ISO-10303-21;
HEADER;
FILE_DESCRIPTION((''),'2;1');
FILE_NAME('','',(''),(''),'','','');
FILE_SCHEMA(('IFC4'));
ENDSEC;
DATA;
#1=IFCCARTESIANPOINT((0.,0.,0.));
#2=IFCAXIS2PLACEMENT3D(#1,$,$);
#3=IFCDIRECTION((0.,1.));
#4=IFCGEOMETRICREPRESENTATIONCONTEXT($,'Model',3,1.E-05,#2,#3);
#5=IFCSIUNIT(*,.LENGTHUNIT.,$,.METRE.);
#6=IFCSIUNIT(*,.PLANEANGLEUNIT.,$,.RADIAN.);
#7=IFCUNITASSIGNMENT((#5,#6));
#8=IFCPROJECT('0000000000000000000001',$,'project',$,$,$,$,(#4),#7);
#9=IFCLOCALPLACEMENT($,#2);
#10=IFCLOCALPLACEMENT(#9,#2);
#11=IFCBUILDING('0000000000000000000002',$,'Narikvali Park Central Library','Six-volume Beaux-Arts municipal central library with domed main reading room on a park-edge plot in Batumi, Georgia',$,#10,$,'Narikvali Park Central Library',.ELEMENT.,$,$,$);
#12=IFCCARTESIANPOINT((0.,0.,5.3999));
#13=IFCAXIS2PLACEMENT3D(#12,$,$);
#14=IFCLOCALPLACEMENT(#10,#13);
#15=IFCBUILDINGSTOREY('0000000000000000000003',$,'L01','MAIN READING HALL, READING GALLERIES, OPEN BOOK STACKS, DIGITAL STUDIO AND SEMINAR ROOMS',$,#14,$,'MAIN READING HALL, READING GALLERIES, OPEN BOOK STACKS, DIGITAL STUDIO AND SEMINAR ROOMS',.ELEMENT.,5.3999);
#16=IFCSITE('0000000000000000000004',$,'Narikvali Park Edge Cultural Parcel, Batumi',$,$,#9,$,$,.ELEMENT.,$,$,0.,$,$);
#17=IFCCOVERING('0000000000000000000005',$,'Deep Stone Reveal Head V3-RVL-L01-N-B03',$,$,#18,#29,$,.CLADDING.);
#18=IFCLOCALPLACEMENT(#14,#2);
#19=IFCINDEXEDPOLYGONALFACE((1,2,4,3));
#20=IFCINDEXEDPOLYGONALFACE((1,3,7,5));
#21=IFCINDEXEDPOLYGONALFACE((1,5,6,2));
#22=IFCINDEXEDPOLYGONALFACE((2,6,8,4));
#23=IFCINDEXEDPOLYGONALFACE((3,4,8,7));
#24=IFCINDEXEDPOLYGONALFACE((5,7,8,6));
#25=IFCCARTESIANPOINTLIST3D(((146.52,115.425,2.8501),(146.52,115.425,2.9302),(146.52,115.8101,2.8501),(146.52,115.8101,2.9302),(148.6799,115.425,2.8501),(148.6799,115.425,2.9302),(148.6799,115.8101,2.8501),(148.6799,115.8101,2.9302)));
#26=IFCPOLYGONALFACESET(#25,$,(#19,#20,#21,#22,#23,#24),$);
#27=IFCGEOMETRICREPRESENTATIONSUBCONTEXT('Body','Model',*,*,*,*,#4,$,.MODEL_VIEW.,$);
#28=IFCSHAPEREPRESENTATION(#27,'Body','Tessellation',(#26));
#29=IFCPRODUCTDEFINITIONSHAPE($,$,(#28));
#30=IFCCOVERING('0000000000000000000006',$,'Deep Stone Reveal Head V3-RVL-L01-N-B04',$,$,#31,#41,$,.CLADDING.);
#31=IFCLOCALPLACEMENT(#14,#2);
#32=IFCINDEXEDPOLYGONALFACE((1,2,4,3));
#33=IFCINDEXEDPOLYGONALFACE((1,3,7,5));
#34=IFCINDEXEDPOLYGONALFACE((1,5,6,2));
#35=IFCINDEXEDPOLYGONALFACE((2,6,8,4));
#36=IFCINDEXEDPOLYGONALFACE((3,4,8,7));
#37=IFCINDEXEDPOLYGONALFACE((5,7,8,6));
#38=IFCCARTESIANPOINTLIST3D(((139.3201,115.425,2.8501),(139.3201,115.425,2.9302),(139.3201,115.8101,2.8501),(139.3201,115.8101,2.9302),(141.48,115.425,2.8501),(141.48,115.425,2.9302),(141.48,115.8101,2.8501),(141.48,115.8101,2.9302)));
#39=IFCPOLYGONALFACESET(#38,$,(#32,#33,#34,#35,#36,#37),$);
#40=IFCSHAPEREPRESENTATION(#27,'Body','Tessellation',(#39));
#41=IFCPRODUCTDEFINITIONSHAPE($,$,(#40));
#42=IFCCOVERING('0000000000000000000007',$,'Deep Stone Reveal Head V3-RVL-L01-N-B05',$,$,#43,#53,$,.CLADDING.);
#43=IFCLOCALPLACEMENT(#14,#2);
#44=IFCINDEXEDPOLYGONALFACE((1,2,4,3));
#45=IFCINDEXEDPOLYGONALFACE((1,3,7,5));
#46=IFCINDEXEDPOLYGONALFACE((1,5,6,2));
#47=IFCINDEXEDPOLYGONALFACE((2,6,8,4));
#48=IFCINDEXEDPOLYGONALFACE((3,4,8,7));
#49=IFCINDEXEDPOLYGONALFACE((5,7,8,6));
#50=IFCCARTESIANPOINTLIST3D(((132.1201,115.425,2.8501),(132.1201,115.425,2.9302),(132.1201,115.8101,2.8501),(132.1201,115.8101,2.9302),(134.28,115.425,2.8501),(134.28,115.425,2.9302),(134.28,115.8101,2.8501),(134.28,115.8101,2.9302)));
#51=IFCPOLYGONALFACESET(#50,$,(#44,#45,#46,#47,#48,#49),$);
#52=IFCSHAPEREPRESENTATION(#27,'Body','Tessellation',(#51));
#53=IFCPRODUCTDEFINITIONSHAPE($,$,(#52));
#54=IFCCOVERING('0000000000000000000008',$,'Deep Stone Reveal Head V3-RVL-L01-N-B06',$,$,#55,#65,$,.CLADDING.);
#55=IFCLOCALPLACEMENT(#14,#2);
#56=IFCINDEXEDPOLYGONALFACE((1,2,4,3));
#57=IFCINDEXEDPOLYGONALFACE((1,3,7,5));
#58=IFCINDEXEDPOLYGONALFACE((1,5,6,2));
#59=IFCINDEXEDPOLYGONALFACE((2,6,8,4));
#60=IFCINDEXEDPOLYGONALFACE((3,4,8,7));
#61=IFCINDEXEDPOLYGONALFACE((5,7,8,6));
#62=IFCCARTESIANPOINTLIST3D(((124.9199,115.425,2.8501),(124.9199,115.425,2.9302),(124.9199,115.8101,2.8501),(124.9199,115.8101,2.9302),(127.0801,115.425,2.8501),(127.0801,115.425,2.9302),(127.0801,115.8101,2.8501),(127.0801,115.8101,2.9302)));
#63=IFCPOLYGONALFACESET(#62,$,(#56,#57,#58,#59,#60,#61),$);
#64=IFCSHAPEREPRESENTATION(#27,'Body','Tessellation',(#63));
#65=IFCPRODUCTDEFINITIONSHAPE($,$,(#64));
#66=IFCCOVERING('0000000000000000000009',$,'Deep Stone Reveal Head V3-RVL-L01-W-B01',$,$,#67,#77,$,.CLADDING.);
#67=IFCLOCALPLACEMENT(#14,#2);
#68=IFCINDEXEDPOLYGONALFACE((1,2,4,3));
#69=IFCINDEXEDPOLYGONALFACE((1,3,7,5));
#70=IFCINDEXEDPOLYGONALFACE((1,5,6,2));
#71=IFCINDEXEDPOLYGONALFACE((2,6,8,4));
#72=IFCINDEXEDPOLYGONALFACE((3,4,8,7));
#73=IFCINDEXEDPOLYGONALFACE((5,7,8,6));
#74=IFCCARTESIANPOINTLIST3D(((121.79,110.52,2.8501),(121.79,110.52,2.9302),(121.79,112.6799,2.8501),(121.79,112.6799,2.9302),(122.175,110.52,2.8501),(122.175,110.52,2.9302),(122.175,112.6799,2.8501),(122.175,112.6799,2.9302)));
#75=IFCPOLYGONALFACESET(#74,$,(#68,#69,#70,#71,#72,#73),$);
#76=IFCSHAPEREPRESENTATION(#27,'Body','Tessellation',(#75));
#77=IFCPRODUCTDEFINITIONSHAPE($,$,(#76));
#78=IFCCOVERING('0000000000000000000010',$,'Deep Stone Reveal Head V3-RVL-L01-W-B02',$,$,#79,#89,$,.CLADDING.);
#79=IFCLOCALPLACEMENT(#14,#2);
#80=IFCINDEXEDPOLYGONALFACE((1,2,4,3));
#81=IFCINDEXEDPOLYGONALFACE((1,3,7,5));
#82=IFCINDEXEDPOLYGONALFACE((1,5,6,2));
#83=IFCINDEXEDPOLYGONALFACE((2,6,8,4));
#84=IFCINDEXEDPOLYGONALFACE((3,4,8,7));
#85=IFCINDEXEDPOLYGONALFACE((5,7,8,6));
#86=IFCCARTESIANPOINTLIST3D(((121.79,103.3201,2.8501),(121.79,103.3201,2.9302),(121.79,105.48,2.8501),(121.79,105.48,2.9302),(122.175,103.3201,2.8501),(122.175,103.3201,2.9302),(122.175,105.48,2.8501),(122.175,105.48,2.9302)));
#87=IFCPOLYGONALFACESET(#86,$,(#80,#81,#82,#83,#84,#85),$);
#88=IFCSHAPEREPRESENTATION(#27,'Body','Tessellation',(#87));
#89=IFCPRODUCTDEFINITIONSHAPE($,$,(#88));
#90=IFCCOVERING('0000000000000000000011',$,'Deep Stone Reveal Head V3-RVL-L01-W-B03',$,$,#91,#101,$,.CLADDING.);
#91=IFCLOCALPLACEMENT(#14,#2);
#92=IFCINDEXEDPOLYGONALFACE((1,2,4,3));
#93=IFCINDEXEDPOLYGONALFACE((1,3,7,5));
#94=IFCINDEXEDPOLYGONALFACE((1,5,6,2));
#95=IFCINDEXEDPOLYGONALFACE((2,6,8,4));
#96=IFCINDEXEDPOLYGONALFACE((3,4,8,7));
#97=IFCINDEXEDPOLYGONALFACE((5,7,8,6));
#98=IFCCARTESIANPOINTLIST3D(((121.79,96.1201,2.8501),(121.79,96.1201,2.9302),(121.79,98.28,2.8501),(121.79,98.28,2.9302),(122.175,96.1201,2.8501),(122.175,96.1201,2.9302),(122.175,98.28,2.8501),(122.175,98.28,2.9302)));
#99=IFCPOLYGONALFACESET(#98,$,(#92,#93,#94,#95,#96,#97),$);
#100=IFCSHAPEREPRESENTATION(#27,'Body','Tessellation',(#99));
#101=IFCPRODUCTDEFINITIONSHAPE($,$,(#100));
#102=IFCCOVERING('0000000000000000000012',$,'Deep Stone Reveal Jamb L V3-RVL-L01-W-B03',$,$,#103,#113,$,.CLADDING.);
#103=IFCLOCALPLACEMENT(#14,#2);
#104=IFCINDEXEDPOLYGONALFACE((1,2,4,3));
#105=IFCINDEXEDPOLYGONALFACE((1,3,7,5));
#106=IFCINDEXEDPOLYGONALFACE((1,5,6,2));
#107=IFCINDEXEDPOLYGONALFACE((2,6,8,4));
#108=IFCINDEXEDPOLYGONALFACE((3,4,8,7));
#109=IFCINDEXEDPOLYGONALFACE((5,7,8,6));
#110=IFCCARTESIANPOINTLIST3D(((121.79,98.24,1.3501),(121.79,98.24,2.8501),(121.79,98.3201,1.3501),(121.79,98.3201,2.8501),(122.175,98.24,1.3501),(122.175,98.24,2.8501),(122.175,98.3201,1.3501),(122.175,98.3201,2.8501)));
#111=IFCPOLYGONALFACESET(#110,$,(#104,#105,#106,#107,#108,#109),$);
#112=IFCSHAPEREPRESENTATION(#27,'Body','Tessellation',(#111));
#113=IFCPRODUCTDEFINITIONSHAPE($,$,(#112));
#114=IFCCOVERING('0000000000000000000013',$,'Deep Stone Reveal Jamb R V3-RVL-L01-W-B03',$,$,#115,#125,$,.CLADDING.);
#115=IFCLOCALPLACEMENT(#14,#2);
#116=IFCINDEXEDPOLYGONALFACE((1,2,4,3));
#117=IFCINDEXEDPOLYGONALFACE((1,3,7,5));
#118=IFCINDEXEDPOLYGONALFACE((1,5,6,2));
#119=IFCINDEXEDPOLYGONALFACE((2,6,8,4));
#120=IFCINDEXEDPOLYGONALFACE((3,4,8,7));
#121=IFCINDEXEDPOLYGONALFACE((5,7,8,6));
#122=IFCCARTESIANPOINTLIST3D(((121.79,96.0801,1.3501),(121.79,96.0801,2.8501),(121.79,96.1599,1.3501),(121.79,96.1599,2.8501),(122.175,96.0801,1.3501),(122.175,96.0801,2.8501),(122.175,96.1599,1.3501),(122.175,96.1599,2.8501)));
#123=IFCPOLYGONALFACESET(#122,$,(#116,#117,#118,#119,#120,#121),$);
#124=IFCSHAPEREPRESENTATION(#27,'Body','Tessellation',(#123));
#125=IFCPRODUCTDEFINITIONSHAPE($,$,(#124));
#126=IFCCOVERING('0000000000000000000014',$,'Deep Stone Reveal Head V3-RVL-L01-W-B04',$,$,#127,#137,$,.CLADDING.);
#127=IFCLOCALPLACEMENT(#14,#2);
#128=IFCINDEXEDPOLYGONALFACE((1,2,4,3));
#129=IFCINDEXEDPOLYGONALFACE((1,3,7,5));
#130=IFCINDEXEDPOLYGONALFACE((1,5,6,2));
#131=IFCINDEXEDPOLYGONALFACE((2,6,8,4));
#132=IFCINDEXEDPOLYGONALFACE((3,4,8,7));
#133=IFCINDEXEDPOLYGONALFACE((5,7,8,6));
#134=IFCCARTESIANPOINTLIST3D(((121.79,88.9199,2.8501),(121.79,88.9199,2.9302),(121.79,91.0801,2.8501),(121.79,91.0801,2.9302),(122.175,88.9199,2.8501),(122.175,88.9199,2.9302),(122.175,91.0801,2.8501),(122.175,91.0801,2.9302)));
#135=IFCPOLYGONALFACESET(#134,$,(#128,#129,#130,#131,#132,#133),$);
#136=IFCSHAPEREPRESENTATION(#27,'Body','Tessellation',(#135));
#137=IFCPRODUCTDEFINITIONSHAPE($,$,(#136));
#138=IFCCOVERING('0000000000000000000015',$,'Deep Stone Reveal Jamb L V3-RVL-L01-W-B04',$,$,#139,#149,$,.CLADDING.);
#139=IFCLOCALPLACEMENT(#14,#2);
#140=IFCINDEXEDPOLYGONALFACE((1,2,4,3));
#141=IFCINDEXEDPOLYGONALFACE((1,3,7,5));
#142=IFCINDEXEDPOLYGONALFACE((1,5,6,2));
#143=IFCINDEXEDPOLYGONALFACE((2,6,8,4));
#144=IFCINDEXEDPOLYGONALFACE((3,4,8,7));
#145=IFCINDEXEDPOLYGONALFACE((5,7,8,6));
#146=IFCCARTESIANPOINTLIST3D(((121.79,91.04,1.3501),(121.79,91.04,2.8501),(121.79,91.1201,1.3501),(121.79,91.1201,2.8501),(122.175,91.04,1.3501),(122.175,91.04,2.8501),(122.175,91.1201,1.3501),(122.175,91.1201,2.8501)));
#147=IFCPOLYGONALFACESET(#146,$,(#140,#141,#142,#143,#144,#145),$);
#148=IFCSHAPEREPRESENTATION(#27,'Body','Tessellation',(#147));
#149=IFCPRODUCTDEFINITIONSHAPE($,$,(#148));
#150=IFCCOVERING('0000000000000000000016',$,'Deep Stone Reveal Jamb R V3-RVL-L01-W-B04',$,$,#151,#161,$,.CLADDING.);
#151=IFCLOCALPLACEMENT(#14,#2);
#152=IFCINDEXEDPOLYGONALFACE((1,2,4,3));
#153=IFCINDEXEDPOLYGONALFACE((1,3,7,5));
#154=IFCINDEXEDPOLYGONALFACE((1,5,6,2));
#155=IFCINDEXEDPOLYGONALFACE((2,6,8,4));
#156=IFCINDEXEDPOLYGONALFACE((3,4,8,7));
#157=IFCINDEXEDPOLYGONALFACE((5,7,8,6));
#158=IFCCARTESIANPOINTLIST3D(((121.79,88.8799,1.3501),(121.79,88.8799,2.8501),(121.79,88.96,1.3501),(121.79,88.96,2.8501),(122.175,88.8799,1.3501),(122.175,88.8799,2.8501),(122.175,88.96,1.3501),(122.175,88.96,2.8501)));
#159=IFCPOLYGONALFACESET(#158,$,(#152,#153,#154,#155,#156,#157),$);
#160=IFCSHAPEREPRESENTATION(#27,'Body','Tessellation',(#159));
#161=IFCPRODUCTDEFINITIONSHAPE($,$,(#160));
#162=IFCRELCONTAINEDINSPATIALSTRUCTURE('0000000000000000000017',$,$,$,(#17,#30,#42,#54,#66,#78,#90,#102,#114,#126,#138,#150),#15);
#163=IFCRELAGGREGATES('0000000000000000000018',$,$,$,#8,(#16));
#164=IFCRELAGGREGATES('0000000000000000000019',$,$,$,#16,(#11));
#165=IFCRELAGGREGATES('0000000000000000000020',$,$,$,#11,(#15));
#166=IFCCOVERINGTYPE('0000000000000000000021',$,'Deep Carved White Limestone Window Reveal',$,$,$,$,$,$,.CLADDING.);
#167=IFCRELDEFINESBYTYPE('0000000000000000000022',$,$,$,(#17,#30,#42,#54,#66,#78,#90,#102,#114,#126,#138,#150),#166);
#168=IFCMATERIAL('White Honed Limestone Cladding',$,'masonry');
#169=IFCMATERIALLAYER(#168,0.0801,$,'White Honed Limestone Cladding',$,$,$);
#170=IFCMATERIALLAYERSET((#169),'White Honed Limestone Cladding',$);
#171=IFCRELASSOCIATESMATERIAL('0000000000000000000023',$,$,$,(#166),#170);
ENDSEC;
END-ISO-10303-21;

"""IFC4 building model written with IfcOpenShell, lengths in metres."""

from ifc_helpers import new_model, si_unit, direction, frame, origin, place, context, subcontext, project, spatial, polyline, outline, extrude, material, layer, layer_set, type_object, element, save


model = new_model("IFC4")

# Units and contexts
model_context = context("Model", 3, precision=1e-05, world=origin(), true_north=direction((0.0, 1.0)))
body_context = subcontext(model_context, "Body", "Model", "MODEL_VIEW")
ifc_project = project(units=[si_unit("LENGTHUNIT", "METRE"), si_unit("PLANEANGLEUNIT", "RADIAN")], contexts=[model_context])

# Site, building, storey
site_placement = place(None, origin())
site = spatial("IfcSite", under=ifc_project, at=site_placement, Name="Narikvali Park Edge Cultural Parcel, Batumi", CompositionType="ELEMENT", RefElevation=0.0)
building_placement = place(site_placement, origin())
building = spatial("IfcBuilding", under=site, at=building_placement, Name="Narikvali Park Central Library", Description="Six-volume Beaux-Arts municipal central library with domed main reading room on a park-edge plot in Batumi, Georgia", LongName="Narikvali Park Central Library", CompositionType="ELEMENT")
storey_placement = place(building_placement, frame((0.0, 0.0, 5.3999)))
storey = spatial("IfcBuildingStorey", under=building, at=storey_placement, Name="L01", Description="MAIN READING HALL, READING GALLERIES, OPEN BOOK STACKS, DIGITAL STUDIO AND SEMINAR ROOMS", LongName="MAIN READING HALL, READING GALLERIES, OPEN BOOK STACKS, DIGITAL STUDIO AND SEMINAR ROOMS", CompositionType="ELEMENT", Elevation=5.3999)

# Coverings
ifc_material = material(Name="White Honed Limestone Cladding", Category="masonry")
ifc_layer_1 = layer(ifc_material, 0.0801, Name="White Honed Limestone Cladding")
ifc_layer_set_1 = layer_set([ifc_layer_1], Name="White Honed Limestone Cladding")
covering_type_1 = type_object("IfcCoveringType", Name="Deep Carved White Limestone Window Reveal", PredefinedType="CLADDING", material=ifc_layer_set_1)
covering_1_placement = place(storey_placement, frame((0.0, 0.0, 2.8501)))
element("IfcCovering", 1, at=covering_1_placement, inside=storey, type_object=covering_type_1, Name="Deep Stone Reveal Head V3-RVL-L01-N-B03", PredefinedType="CLADDING", context=body_context, shape_type="SweptSolid", body=[
    extrude(outline(polyline([(148.6799, 115.425), (146.52, 115.425), (146.52, 115.8101), (148.6799, 115.8101), (148.6799, 115.425)])), origin(), (0.0, 0.0, 1.0), 0.0801),
])
covering_2_placement = place(storey_placement, frame((0.0, 0.0, 2.8501)))
element("IfcCovering", 2, at=covering_2_placement, inside=storey, type_object=covering_type_1, Name="Deep Stone Reveal Head V3-RVL-L01-N-B04", PredefinedType="CLADDING", context=body_context, shape_type="SweptSolid", body=[
    extrude(outline(polyline([(141.48, 115.425), (139.3201, 115.425), (139.3201, 115.8101), (141.48, 115.8101), (141.48, 115.425)])), origin(), (0.0, 0.0, 1.0), 0.0801),
])
covering_3_placement = place(storey_placement, frame((0.0, 0.0, 2.8501)))
element("IfcCovering", 3, at=covering_3_placement, inside=storey, type_object=covering_type_1, Name="Deep Stone Reveal Head V3-RVL-L01-N-B05", PredefinedType="CLADDING", context=body_context, shape_type="SweptSolid", body=[
    extrude(outline(polyline([(134.28, 115.425), (132.1201, 115.425), (132.1201, 115.8101), (134.28, 115.8101), (134.28, 115.425)])), origin(), (0.0, 0.0, 1.0), 0.0801),
])
covering_4_placement = place(storey_placement, frame((0.0, 0.0, 2.8501)))
element("IfcCovering", 4, at=covering_4_placement, inside=storey, type_object=covering_type_1, Name="Deep Stone Reveal Head V3-RVL-L01-N-B06", PredefinedType="CLADDING", context=body_context, shape_type="SweptSolid", body=[
    extrude(outline(polyline([(127.0801, 115.425), (124.9199, 115.425), (124.9199, 115.8101), (127.0801, 115.8101), (127.0801, 115.425)])), origin(), (0.0, 0.0, 1.0), 0.0801),
])
covering_5_placement = place(storey_placement, frame((0.0, 0.0, 2.8501)))
element("IfcCovering", 5, at=covering_5_placement, inside=storey, type_object=covering_type_1, Name="Deep Stone Reveal Head V3-RVL-L01-W-B01", PredefinedType="CLADDING", context=body_context, shape_type="SweptSolid", body=[
    extrude(outline(polyline([(122.175, 112.6799), (122.175, 110.52), (121.79, 110.52), (121.79, 112.6799), (122.175, 112.6799)])), origin(), (0.0, 0.0, 1.0), 0.0801),
])
covering_6_placement = place(storey_placement, frame((0.0, 0.0, 2.8501)))
element("IfcCovering", 6, at=covering_6_placement, inside=storey, type_object=covering_type_1, Name="Deep Stone Reveal Head V3-RVL-L01-W-B02", PredefinedType="CLADDING", context=body_context, shape_type="SweptSolid", body=[
    extrude(outline(polyline([(122.175, 105.48), (122.175, 103.3201), (121.79, 103.3201), (121.79, 105.48), (122.175, 105.48)])), origin(), (0.0, 0.0, 1.0), 0.0801),
])
covering_7_placement = place(storey_placement, frame((0.0, 0.0, 2.8501)))
element("IfcCovering", 7, at=covering_7_placement, inside=storey, type_object=covering_type_1, Name="Deep Stone Reveal Head V3-RVL-L01-W-B03", PredefinedType="CLADDING", context=body_context, shape_type="SweptSolid", body=[
    extrude(outline(polyline([(122.175, 98.28), (122.175, 96.1201), (121.79, 96.1201), (121.79, 98.28), (122.175, 98.28)])), origin(), (0.0, 0.0, 1.0), 0.0801),
])
covering_8_placement = place(storey_placement, frame((0.0, 0.0, 1.3501)))
element("IfcCovering", 8, at=covering_8_placement, inside=storey, type_object=covering_type_1, Name="Deep Stone Reveal Jamb L V3-RVL-L01-W-B03", PredefinedType="CLADDING", context=body_context, shape_type="SweptSolid", body=[
    extrude(outline(polyline([(122.175, 98.3201), (122.175, 98.24), (121.79, 98.24), (121.79, 98.3201), (122.175, 98.3201)])), origin(), (0.0, 0.0, 1.0), 1.5),
])
covering_9_placement = place(storey_placement, frame((0.0, 0.0, 1.3501)))
element("IfcCovering", 9, at=covering_9_placement, inside=storey, type_object=covering_type_1, Name="Deep Stone Reveal Jamb R V3-RVL-L01-W-B03", PredefinedType="CLADDING", context=body_context, shape_type="SweptSolid", body=[
    extrude(outline(polyline([(122.175, 96.1599), (122.175, 96.0801), (121.79, 96.0801), (121.79, 96.1599), (122.175, 96.1599)])), origin(), (0.0, 0.0, 1.0), 1.5),
])
covering_10_placement = place(storey_placement, frame((0.0, 0.0, 2.8501)))
element("IfcCovering", 10, at=covering_10_placement, inside=storey, type_object=covering_type_1, Name="Deep Stone Reveal Head V3-RVL-L01-W-B04", PredefinedType="CLADDING", context=body_context, shape_type="SweptSolid", body=[
    extrude(outline(polyline([(122.175, 91.0801), (122.175, 88.9199), (121.79, 88.9199), (121.79, 91.0801), (122.175, 91.0801)])), origin(), (0.0, 0.0, 1.0), 0.0801),
])
covering_11_placement = place(storey_placement, frame((0.0, 0.0, 1.3501)))
element("IfcCovering", 11, at=covering_11_placement, inside=storey, type_object=covering_type_1, Name="Deep Stone Reveal Jamb L V3-RVL-L01-W-B04", PredefinedType="CLADDING", context=body_context, shape_type="SweptSolid", body=[
    extrude(outline(polyline([(122.175, 91.1201), (122.175, 91.04), (121.79, 91.04), (121.79, 91.1201), (122.175, 91.1201)])), origin(), (0.0, 0.0, 1.0), 1.5),
])
covering_12_placement = place(storey_placement, frame((0.0, 0.0, 1.3501)))
element("IfcCovering", 12, at=covering_12_placement, inside=storey, type_object=covering_type_1, Name="Deep Stone Reveal Jamb R V3-RVL-L01-W-B04", PredefinedType="CLADDING", context=body_context, shape_type="SweptSolid", body=[
    extrude(outline(polyline([(122.175, 88.96), (122.175, 88.8799), (121.79, 88.8799), (121.79, 88.96), (122.175, 88.96)])), origin(), (0.0, 0.0, 1.0), 1.5),
])

save(model, "model.ifc")
